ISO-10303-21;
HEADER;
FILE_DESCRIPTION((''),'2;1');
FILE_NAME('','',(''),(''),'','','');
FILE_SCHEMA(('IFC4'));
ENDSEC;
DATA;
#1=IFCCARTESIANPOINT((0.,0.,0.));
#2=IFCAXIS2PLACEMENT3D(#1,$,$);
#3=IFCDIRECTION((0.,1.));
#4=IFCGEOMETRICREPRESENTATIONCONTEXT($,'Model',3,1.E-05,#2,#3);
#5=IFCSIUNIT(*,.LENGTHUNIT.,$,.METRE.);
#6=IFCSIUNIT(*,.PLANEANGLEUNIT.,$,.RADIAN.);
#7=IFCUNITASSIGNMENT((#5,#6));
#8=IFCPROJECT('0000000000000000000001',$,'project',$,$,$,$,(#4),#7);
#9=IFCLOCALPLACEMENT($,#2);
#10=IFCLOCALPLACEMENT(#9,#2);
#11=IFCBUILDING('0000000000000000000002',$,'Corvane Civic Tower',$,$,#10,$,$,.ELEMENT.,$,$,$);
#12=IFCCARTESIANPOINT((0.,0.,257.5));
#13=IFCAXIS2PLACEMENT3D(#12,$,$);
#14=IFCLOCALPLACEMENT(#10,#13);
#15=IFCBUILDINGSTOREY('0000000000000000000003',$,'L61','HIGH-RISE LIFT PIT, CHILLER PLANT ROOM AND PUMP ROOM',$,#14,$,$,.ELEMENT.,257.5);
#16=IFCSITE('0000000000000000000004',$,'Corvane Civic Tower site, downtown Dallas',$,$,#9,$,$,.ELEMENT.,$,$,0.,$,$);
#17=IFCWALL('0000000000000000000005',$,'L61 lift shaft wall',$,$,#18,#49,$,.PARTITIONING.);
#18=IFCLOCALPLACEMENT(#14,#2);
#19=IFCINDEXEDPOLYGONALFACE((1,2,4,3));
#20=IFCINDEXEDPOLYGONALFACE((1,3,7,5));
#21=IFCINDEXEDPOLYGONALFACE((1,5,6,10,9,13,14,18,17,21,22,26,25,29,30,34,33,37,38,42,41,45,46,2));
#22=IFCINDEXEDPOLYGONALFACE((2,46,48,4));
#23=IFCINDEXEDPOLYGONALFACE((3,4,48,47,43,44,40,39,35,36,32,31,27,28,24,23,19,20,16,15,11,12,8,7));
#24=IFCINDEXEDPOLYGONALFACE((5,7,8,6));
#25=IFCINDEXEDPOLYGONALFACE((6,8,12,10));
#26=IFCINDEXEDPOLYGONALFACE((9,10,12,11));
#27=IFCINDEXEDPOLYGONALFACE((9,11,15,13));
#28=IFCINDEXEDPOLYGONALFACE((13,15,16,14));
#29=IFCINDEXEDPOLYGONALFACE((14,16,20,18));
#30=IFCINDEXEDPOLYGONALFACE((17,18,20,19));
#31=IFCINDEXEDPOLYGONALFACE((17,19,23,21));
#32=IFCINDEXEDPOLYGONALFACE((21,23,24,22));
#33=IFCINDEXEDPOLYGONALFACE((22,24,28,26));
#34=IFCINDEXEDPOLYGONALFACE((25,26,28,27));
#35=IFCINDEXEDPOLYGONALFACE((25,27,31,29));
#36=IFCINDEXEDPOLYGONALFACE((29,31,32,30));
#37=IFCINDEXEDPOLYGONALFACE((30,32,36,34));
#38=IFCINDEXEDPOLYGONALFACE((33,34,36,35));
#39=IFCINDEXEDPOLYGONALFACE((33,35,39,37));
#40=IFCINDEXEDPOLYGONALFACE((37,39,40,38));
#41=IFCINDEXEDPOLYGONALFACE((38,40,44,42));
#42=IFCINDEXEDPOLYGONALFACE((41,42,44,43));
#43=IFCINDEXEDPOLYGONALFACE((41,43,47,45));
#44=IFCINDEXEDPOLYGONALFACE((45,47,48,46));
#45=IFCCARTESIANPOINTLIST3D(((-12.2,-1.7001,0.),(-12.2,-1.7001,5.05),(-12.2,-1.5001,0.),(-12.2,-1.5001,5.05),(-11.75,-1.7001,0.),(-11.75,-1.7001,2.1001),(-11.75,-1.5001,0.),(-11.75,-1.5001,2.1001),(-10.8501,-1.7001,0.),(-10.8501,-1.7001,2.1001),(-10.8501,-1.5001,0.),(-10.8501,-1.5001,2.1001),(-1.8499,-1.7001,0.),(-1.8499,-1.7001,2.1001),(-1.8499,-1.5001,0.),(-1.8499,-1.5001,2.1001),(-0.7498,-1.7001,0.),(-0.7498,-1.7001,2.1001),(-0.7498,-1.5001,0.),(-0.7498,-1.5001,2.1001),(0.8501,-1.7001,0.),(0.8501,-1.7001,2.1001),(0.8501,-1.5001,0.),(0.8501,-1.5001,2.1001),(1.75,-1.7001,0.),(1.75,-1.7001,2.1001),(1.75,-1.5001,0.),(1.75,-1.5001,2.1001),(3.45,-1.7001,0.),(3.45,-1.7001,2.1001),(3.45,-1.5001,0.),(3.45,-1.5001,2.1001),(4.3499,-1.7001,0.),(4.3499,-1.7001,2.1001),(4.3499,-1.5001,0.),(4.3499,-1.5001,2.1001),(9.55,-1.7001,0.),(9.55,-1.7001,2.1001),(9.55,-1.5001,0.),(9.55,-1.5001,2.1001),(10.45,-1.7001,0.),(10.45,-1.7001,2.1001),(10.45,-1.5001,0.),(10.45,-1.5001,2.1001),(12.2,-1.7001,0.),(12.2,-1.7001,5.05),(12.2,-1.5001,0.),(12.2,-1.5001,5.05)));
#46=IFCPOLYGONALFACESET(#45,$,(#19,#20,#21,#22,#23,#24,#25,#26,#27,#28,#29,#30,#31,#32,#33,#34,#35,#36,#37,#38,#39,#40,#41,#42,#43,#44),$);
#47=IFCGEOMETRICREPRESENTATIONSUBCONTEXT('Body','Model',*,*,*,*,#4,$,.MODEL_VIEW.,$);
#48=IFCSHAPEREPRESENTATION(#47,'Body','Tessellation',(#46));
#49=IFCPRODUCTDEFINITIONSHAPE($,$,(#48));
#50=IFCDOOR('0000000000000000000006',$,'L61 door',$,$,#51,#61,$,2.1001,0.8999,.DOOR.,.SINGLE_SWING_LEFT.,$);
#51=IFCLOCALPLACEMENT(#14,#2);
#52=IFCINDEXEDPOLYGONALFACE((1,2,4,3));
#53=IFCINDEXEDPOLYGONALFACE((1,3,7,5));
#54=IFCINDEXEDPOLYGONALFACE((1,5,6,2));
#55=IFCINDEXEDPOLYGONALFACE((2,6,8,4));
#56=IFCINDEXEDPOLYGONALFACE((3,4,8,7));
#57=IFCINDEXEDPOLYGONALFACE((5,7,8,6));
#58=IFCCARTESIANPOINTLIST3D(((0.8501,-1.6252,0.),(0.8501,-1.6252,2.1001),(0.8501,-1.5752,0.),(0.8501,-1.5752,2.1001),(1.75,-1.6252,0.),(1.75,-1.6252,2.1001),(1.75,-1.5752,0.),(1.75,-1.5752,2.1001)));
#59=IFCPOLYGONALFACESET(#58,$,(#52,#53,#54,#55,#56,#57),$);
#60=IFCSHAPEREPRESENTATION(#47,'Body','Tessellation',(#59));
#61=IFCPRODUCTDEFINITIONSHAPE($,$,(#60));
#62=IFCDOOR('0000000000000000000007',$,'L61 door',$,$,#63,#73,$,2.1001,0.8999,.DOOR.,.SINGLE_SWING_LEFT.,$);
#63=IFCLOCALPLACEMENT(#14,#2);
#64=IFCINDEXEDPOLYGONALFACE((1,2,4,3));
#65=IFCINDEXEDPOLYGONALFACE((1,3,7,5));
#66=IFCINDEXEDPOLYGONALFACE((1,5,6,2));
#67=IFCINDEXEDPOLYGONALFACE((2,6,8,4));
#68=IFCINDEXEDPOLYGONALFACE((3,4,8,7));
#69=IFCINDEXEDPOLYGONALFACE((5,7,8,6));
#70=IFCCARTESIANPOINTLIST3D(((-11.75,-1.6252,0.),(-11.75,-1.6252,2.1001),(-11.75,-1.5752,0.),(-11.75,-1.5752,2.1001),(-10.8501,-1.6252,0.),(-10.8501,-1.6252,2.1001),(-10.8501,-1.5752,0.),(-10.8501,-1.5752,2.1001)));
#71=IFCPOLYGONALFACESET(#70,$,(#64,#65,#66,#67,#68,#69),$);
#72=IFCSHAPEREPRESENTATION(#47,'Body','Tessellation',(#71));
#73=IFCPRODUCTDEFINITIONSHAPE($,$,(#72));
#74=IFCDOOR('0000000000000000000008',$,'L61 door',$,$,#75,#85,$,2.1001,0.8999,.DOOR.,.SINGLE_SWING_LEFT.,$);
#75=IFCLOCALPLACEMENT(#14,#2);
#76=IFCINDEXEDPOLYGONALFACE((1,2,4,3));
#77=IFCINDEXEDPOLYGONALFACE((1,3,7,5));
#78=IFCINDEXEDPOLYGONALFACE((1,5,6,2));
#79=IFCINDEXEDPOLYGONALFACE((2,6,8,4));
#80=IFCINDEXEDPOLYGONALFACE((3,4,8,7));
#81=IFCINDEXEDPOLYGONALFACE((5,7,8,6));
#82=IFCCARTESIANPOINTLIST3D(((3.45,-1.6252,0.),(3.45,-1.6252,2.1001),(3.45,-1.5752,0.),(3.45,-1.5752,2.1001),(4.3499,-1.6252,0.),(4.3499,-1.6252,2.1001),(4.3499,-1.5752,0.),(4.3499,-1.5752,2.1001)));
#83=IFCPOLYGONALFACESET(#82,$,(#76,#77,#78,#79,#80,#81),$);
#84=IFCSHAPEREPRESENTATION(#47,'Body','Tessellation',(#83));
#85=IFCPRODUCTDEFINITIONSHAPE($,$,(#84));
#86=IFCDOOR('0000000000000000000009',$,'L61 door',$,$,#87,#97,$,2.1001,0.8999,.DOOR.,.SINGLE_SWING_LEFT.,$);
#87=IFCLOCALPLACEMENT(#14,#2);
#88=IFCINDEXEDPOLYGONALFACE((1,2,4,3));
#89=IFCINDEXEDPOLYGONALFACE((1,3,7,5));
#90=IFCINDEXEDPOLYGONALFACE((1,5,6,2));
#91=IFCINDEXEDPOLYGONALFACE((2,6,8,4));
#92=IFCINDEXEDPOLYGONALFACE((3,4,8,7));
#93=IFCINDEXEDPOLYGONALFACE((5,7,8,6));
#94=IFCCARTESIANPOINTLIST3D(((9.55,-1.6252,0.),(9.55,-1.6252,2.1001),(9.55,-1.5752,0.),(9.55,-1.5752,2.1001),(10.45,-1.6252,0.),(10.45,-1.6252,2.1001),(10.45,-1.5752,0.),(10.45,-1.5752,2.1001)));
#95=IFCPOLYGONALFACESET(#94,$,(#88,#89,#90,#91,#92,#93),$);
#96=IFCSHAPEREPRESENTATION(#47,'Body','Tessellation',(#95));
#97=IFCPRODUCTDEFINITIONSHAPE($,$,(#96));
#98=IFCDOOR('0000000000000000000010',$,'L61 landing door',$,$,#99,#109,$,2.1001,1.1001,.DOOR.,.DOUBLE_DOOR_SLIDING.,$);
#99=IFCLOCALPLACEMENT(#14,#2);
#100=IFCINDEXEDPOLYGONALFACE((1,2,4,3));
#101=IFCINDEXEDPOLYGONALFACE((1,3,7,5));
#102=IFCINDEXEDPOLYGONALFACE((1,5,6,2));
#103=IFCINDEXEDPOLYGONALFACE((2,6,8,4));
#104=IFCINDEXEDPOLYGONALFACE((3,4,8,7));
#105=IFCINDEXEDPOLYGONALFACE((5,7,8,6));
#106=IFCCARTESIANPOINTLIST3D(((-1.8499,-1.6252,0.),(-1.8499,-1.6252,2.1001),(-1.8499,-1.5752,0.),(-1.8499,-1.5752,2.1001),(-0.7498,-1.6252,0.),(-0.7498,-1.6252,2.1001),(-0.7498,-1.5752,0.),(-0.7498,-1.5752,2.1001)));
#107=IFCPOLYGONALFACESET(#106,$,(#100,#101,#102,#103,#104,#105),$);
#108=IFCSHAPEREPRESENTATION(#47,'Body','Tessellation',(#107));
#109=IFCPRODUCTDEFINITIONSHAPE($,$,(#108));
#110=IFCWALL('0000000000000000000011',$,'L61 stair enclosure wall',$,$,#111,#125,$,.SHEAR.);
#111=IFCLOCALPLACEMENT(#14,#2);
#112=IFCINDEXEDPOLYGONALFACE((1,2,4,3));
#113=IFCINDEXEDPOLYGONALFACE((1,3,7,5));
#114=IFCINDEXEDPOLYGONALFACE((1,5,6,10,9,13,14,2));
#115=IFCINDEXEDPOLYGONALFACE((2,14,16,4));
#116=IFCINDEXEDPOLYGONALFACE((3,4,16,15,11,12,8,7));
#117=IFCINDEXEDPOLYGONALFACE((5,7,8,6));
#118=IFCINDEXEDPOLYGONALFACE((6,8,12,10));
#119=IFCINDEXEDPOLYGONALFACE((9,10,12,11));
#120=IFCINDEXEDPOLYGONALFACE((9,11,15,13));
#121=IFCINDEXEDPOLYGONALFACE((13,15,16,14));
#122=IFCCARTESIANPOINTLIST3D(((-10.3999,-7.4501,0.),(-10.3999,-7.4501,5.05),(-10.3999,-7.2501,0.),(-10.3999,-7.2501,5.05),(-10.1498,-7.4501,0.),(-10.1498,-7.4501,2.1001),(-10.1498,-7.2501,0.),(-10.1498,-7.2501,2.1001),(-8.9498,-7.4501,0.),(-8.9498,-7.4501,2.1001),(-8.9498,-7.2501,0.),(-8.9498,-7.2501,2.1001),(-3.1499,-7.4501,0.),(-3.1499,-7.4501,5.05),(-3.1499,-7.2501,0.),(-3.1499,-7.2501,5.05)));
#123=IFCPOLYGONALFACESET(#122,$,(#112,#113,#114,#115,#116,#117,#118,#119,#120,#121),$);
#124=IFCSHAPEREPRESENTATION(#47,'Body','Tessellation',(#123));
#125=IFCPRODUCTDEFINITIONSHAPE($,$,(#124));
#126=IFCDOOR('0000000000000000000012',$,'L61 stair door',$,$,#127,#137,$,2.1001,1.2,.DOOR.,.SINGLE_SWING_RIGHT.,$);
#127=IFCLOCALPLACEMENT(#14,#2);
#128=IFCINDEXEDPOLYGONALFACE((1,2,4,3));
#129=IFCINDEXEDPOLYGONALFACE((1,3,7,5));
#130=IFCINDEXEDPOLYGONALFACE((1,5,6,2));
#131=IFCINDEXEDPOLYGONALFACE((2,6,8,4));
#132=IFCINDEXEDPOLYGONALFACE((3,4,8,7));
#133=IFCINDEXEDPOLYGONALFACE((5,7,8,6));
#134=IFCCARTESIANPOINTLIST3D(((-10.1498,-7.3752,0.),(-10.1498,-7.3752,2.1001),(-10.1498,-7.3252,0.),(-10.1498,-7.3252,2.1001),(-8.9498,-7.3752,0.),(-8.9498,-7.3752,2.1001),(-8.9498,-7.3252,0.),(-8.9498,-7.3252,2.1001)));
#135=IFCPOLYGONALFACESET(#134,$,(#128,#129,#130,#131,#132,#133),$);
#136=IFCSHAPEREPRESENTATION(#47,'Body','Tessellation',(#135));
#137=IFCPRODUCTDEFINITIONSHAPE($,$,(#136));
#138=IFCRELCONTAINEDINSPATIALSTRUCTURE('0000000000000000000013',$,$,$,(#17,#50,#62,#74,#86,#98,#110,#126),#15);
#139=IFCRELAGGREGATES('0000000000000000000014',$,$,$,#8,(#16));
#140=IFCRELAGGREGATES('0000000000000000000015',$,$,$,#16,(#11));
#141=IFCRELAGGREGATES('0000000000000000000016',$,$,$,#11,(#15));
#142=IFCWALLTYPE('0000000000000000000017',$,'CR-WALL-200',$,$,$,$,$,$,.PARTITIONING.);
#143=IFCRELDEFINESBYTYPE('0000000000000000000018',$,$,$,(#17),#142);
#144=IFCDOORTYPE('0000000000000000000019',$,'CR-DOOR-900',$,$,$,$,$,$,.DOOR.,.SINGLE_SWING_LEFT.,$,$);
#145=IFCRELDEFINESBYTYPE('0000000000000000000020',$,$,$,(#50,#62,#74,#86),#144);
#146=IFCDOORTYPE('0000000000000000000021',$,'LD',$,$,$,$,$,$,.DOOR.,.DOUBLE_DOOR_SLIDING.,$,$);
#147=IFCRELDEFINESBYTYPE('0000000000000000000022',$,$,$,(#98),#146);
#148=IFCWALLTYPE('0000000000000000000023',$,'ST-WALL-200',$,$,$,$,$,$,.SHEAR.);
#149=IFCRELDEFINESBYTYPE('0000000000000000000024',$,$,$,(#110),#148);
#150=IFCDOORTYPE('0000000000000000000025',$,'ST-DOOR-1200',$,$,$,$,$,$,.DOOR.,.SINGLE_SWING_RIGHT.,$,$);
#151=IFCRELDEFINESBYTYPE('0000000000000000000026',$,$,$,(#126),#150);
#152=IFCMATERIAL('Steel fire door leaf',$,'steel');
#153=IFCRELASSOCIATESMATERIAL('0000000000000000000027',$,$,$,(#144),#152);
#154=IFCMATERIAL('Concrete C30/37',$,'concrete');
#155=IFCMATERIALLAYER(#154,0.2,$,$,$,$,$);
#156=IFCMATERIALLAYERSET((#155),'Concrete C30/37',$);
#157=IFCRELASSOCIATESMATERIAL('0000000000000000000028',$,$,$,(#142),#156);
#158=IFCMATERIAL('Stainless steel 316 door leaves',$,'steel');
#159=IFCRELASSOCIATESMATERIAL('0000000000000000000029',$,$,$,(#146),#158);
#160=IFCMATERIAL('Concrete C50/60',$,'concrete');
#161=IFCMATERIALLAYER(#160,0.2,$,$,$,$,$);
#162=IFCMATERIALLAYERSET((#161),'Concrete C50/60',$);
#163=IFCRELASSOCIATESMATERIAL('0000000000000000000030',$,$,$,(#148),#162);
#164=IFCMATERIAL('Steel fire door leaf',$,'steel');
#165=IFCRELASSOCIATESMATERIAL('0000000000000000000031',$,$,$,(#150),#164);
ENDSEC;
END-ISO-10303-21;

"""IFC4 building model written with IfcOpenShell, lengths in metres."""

from ifc_helpers import new_model, si_unit, direction, frame, frame_2d, origin, place, context, subcontext, project, spatial, rectangle, extrude, material, layer, layer_set, type_object, element, fill, save


model = new_model("IFC4")

# Units and contexts
model_context = context("Model", 3, precision=1e-05, world=origin(), true_north=direction((0.0, 1.0)))
body_context = subcontext(model_context, "Body", "Model", "MODEL_VIEW")
ifc_project = project(units=[si_unit("LENGTHUNIT", "METRE"), si_unit("PLANEANGLEUNIT", "RADIAN")], contexts=[model_context])

# Site, building, storey
site_placement = place(None, origin())
site = spatial("IfcSite", under=ifc_project, at=site_placement, Name="Corvane Civic Tower site, downtown Dallas", CompositionType="ELEMENT", RefElevation=0.0)
building_placement = place(site_placement, origin())
building = spatial("IfcBuilding", under=site, at=building_placement, Name="Corvane Civic Tower", CompositionType="ELEMENT")
storey_placement = place(building_placement, frame((0.0, 0.0, 257.5)))
storey = spatial("IfcBuildingStorey", under=building, at=storey_placement, Name="L61", Description="HIGH-RISE LIFT PIT, CHILLER PLANT ROOM AND PUMP ROOM", CompositionType="ELEMENT", Elevation=257.5)

# Shared definitions
ifc_material_1 = material(Name="Steel fire door leaf", Category="steel")
door_type_1 = type_object("IfcDoorType", Name="CR-DOOR-900", OperationType="SINGLE_SWING_LEFT", PredefinedType="DOOR", material=ifc_material_1)

# Shared definitions
ifc_material_2 = material(Name="Concrete C30/37", Category="concrete")
ifc_layer_1 = layer(ifc_material_2, 0.2)
ifc_layer_set_1 = layer_set([ifc_layer_1], Name="Concrete C30/37")
wall_type_1 = type_object("IfcWallType", Name="CR-WALL-200", PredefinedType="PARTITIONING", material=ifc_layer_set_1)

# Wall, openings, doors
wall_1_placement = place(storey_placement, frame((-12.2, -1.6001, 0.0), z_axis=(0.0, 0.0, 1.0), x_axis=(1.0, 0.0, 0.0)))
wall_1 = element("IfcWall", 1, at=wall_1_placement, inside=storey, type_object=wall_type_1, Name="L61 lift shaft wall", PredefinedType="PARTITIONING", context=body_context, shape_type="SweptSolid", body=[
    extrude(rectangle(XDim=24.3999, YDim=0.2, at=frame_2d((12.2, 0.0))), origin(), (0.0, 0.0, 1.0), 5.05),
])
opening_1_placement = place(wall_1_placement, frame((10.3501, 0.0, 0.0)))
opening_1 = element("IfcOpeningElement", 2, at=opening_1_placement, cuts=wall_1, PredefinedType="OPENING", context=body_context, shape_type="SweptSolid", body=[
    extrude(rectangle(XDim=1.1001, YDim=2.1001, at=frame_2d((0.55, 1.05))), frame((0.0, 0.1099, 0.0), z_axis=(0.0, -1.0, 0.0), x_axis=(1.0, 0.0, 0.0)), (0.0, 0.0, 1.0), 0.22),
])
opening_2_placement = place(wall_1_placement, frame((13.05, 0.0, 0.0)))
opening_2 = element("IfcOpeningElement", 3, at=opening_2_placement, cuts=wall_1, PredefinedType="OPENING", context=body_context, shape_type="SweptSolid", body=[
    extrude(rectangle(XDim=0.8999, YDim=2.1001, at=frame_2d((0.45, 1.05))), frame((0.0, 0.1099, 0.0), z_axis=(0.0, -1.0, 0.0), x_axis=(1.0, 0.0, 0.0)), (0.0, 0.0, 1.0), 0.22),
])
opening_3_placement = place(wall_1_placement, frame((0.45, 0.0, 0.0)))
opening_3 = element("IfcOpeningElement", 4, at=opening_3_placement, cuts=wall_1, PredefinedType="OPENING", context=body_context, shape_type="SweptSolid", body=[
    extrude(rectangle(XDim=0.8999, YDim=2.1001, at=frame_2d((0.45, 1.05))), frame((0.0, 0.1099, 0.0), z_axis=(0.0, -1.0, 0.0), x_axis=(1.0, 0.0, 0.0)), (0.0, 0.0, 1.0), 0.22),
])
opening_4_placement = place(wall_1_placement, frame((15.6499, 0.0, 0.0)))
opening_4 = element("IfcOpeningElement", 5, at=opening_4_placement, cuts=wall_1, PredefinedType="OPENING", context=body_context, shape_type="SweptSolid", body=[
    extrude(rectangle(XDim=0.8999, YDim=2.1001, at=frame_2d((0.45, 1.05))), frame((0.0, 0.1099, 0.0), z_axis=(0.0, -1.0, 0.0), x_axis=(1.0, 0.0, 0.0)), (0.0, 0.0, 1.0), 0.22),
])
opening_5_placement = place(wall_1_placement, frame((21.75, 0.0, 0.0)))
opening_5 = element("IfcOpeningElement", 6, at=opening_5_placement, cuts=wall_1, PredefinedType="OPENING", context=body_context, shape_type="SweptSolid", body=[
    extrude(rectangle(XDim=0.8999, YDim=2.1001, at=frame_2d((0.45, 1.05))), frame((0.0, 0.1099, 0.0), z_axis=(0.0, -1.0, 0.0), x_axis=(1.0, 0.0, 0.0)), (0.0, 0.0, 1.0), 0.22),
])
door_1_placement = place(opening_2_placement, origin())
door_1 = element("IfcDoor", 7, at=door_1_placement, inside=storey, type_object=door_type_1, Name="L61 door", OperationType="SINGLE_SWING_LEFT", OverallHeight=2.1001, OverallWidth=0.8999, PredefinedType="DOOR", context=body_context, shape_type="SweptSolid", body=[
    extrude(rectangle(XDim=0.8999, YDim=2.1001, at=frame_2d((0.45, 1.05))), frame((0.0, 0.0249, 0.0), z_axis=(0.0, -1.0, 0.0), x_axis=(1.0, 0.0, 0.0)), (0.0, 0.0, 1.0), 0.05),
])
fill(opening_2, door_1)
door_2_placement = place(opening_3_placement, origin())
door_2 = element("IfcDoor", 8, at=door_2_placement, inside=storey, type_object=door_type_1, Name="L61 door", OperationType="SINGLE_SWING_LEFT", OverallHeight=2.1001, OverallWidth=0.8999, PredefinedType="DOOR", context=body_context, shape_type="SweptSolid", body=[
    extrude(rectangle(XDim=0.8999, YDim=2.1001, at=frame_2d((0.45, 1.05))), frame((0.0, 0.0249, 0.0), z_axis=(0.0, -1.0, 0.0), x_axis=(1.0, 0.0, 0.0)), (0.0, 0.0, 1.0), 0.05),
])
fill(opening_3, door_2)
door_3_placement = place(opening_4_placement, origin())
door_3 = element("IfcDoor", 9, at=door_3_placement, inside=storey, type_object=door_type_1, Name="L61 door", OperationType="SINGLE_SWING_LEFT", OverallHeight=2.1001, OverallWidth=0.8999, PredefinedType="DOOR", context=body_context, shape_type="SweptSolid", body=[
    extrude(rectangle(XDim=0.8999, YDim=2.1001, at=frame_2d((0.45, 1.05))), frame((0.0, 0.0249, 0.0), z_axis=(0.0, -1.0, 0.0), x_axis=(1.0, 0.0, 0.0)), (0.0, 0.0, 1.0), 0.05),
])
fill(opening_4, door_3)
door_4_placement = place(opening_5_placement, origin())
door_4 = element("IfcDoor", 10, at=door_4_placement, inside=storey, type_object=door_type_1, Name="L61 door", OperationType="SINGLE_SWING_LEFT", OverallHeight=2.1001, OverallWidth=0.8999, PredefinedType="DOOR", context=body_context, shape_type="SweptSolid", body=[
    extrude(rectangle(XDim=0.8999, YDim=2.1001, at=frame_2d((0.45, 1.05))), frame((0.0, 0.0249, 0.0), z_axis=(0.0, -1.0, 0.0), x_axis=(1.0, 0.0, 0.0)), (0.0, 0.0, 1.0), 0.05),
])
fill(opening_5, door_4)
ifc_material_3 = material(Name="Stainless steel 316 door leaves", Category="steel")
door_type_2 = type_object("IfcDoorType", Name="LD", OperationType="DOUBLE_DOOR_SLIDING", PredefinedType="DOOR", material=ifc_material_3)
door_5_placement = place(opening_1_placement, origin())
door_5 = element("IfcDoor", 11, at=door_5_placement, inside=storey, type_object=door_type_2, Name="L61 landing door", OperationType="DOUBLE_DOOR_SLIDING", OverallHeight=2.1001, OverallWidth=1.1001, PredefinedType="DOOR", context=body_context, shape_type="SweptSolid", body=[
    extrude(rectangle(XDim=1.1001, YDim=2.1001, at=frame_2d((0.55, 1.05))), frame((0.0, 0.0249, 0.0), z_axis=(0.0, -1.0, 0.0), x_axis=(1.0, 0.0, 0.0)), (0.0, 0.0, 1.0), 0.05),
])
fill(opening_1, door_5)

# Wall, opening, door
ifc_material_4 = material(Name="Concrete C50/60", Category="concrete")
ifc_layer_2 = layer(ifc_material_4, 0.2)
ifc_layer_set_2 = layer_set([ifc_layer_2], Name="Concrete C50/60")
wall_type_2 = type_object("IfcWallType", Name="ST-WALL-200", PredefinedType="SHEAR", material=ifc_layer_set_2)
wall_2_placement = place(storey_placement, frame((-10.3999, -7.3501, 0.0), z_axis=(0.0, 0.0, 1.0), x_axis=(1.0, 0.0, 0.0)))
wall_2 = element("IfcWall", 12, at=wall_2_placement, inside=storey, type_object=wall_type_2, Name="L61 stair enclosure wall", PredefinedType="SHEAR", context=body_context, shape_type="SweptSolid", body=[
    extrude(rectangle(XDim=7.25, YDim=0.2, at=frame_2d((3.625, 0.0))), origin(), (0.0, 0.0, 1.0), 5.05),
])
opening_6_placement = place(wall_2_placement, frame((0.25, 0.0, 0.0)))
opening_6 = element("IfcOpeningElement", 13, at=opening_6_placement, cuts=wall_2, PredefinedType="OPENING", context=body_context, shape_type="SweptSolid", body=[
    extrude(rectangle(XDim=1.2, YDim=2.1001, at=frame_2d((0.6001, 1.05))), frame((0.0, 0.1099, 0.0), z_axis=(0.0, -1.0, 0.0), x_axis=(1.0, 0.0, 0.0)), (0.0, 0.0, 1.0), 0.22),
])
ifc_material_5 = material(Name="Steel fire door leaf", Category="steel")
door_type_3 = type_object("IfcDoorType", Name="ST-DOOR-1200", OperationType="SINGLE_SWING_RIGHT", PredefinedType="DOOR", material=ifc_material_5)
door_6_placement = place(opening_6_placement, origin())
door_6 = element("IfcDoor", 14, at=door_6_placement, inside=storey, type_object=door_type_3, Name="L61 stair door", OperationType="SINGLE_SWING_RIGHT", OverallHeight=2.1001, OverallWidth=1.2, PredefinedType="DOOR", context=body_context, shape_type="SweptSolid", body=[
    extrude(rectangle(XDim=1.2, YDim=2.1001, at=frame_2d((0.6001, 1.05))), frame((0.0, 0.0249, 0.0), z_axis=(0.0, -1.0, 0.0), x_axis=(1.0, 0.0, 0.0)), (0.0, 0.0, 1.0), 0.05),
])
fill(opening_6, door_6)

save(model, "model.ifc")
